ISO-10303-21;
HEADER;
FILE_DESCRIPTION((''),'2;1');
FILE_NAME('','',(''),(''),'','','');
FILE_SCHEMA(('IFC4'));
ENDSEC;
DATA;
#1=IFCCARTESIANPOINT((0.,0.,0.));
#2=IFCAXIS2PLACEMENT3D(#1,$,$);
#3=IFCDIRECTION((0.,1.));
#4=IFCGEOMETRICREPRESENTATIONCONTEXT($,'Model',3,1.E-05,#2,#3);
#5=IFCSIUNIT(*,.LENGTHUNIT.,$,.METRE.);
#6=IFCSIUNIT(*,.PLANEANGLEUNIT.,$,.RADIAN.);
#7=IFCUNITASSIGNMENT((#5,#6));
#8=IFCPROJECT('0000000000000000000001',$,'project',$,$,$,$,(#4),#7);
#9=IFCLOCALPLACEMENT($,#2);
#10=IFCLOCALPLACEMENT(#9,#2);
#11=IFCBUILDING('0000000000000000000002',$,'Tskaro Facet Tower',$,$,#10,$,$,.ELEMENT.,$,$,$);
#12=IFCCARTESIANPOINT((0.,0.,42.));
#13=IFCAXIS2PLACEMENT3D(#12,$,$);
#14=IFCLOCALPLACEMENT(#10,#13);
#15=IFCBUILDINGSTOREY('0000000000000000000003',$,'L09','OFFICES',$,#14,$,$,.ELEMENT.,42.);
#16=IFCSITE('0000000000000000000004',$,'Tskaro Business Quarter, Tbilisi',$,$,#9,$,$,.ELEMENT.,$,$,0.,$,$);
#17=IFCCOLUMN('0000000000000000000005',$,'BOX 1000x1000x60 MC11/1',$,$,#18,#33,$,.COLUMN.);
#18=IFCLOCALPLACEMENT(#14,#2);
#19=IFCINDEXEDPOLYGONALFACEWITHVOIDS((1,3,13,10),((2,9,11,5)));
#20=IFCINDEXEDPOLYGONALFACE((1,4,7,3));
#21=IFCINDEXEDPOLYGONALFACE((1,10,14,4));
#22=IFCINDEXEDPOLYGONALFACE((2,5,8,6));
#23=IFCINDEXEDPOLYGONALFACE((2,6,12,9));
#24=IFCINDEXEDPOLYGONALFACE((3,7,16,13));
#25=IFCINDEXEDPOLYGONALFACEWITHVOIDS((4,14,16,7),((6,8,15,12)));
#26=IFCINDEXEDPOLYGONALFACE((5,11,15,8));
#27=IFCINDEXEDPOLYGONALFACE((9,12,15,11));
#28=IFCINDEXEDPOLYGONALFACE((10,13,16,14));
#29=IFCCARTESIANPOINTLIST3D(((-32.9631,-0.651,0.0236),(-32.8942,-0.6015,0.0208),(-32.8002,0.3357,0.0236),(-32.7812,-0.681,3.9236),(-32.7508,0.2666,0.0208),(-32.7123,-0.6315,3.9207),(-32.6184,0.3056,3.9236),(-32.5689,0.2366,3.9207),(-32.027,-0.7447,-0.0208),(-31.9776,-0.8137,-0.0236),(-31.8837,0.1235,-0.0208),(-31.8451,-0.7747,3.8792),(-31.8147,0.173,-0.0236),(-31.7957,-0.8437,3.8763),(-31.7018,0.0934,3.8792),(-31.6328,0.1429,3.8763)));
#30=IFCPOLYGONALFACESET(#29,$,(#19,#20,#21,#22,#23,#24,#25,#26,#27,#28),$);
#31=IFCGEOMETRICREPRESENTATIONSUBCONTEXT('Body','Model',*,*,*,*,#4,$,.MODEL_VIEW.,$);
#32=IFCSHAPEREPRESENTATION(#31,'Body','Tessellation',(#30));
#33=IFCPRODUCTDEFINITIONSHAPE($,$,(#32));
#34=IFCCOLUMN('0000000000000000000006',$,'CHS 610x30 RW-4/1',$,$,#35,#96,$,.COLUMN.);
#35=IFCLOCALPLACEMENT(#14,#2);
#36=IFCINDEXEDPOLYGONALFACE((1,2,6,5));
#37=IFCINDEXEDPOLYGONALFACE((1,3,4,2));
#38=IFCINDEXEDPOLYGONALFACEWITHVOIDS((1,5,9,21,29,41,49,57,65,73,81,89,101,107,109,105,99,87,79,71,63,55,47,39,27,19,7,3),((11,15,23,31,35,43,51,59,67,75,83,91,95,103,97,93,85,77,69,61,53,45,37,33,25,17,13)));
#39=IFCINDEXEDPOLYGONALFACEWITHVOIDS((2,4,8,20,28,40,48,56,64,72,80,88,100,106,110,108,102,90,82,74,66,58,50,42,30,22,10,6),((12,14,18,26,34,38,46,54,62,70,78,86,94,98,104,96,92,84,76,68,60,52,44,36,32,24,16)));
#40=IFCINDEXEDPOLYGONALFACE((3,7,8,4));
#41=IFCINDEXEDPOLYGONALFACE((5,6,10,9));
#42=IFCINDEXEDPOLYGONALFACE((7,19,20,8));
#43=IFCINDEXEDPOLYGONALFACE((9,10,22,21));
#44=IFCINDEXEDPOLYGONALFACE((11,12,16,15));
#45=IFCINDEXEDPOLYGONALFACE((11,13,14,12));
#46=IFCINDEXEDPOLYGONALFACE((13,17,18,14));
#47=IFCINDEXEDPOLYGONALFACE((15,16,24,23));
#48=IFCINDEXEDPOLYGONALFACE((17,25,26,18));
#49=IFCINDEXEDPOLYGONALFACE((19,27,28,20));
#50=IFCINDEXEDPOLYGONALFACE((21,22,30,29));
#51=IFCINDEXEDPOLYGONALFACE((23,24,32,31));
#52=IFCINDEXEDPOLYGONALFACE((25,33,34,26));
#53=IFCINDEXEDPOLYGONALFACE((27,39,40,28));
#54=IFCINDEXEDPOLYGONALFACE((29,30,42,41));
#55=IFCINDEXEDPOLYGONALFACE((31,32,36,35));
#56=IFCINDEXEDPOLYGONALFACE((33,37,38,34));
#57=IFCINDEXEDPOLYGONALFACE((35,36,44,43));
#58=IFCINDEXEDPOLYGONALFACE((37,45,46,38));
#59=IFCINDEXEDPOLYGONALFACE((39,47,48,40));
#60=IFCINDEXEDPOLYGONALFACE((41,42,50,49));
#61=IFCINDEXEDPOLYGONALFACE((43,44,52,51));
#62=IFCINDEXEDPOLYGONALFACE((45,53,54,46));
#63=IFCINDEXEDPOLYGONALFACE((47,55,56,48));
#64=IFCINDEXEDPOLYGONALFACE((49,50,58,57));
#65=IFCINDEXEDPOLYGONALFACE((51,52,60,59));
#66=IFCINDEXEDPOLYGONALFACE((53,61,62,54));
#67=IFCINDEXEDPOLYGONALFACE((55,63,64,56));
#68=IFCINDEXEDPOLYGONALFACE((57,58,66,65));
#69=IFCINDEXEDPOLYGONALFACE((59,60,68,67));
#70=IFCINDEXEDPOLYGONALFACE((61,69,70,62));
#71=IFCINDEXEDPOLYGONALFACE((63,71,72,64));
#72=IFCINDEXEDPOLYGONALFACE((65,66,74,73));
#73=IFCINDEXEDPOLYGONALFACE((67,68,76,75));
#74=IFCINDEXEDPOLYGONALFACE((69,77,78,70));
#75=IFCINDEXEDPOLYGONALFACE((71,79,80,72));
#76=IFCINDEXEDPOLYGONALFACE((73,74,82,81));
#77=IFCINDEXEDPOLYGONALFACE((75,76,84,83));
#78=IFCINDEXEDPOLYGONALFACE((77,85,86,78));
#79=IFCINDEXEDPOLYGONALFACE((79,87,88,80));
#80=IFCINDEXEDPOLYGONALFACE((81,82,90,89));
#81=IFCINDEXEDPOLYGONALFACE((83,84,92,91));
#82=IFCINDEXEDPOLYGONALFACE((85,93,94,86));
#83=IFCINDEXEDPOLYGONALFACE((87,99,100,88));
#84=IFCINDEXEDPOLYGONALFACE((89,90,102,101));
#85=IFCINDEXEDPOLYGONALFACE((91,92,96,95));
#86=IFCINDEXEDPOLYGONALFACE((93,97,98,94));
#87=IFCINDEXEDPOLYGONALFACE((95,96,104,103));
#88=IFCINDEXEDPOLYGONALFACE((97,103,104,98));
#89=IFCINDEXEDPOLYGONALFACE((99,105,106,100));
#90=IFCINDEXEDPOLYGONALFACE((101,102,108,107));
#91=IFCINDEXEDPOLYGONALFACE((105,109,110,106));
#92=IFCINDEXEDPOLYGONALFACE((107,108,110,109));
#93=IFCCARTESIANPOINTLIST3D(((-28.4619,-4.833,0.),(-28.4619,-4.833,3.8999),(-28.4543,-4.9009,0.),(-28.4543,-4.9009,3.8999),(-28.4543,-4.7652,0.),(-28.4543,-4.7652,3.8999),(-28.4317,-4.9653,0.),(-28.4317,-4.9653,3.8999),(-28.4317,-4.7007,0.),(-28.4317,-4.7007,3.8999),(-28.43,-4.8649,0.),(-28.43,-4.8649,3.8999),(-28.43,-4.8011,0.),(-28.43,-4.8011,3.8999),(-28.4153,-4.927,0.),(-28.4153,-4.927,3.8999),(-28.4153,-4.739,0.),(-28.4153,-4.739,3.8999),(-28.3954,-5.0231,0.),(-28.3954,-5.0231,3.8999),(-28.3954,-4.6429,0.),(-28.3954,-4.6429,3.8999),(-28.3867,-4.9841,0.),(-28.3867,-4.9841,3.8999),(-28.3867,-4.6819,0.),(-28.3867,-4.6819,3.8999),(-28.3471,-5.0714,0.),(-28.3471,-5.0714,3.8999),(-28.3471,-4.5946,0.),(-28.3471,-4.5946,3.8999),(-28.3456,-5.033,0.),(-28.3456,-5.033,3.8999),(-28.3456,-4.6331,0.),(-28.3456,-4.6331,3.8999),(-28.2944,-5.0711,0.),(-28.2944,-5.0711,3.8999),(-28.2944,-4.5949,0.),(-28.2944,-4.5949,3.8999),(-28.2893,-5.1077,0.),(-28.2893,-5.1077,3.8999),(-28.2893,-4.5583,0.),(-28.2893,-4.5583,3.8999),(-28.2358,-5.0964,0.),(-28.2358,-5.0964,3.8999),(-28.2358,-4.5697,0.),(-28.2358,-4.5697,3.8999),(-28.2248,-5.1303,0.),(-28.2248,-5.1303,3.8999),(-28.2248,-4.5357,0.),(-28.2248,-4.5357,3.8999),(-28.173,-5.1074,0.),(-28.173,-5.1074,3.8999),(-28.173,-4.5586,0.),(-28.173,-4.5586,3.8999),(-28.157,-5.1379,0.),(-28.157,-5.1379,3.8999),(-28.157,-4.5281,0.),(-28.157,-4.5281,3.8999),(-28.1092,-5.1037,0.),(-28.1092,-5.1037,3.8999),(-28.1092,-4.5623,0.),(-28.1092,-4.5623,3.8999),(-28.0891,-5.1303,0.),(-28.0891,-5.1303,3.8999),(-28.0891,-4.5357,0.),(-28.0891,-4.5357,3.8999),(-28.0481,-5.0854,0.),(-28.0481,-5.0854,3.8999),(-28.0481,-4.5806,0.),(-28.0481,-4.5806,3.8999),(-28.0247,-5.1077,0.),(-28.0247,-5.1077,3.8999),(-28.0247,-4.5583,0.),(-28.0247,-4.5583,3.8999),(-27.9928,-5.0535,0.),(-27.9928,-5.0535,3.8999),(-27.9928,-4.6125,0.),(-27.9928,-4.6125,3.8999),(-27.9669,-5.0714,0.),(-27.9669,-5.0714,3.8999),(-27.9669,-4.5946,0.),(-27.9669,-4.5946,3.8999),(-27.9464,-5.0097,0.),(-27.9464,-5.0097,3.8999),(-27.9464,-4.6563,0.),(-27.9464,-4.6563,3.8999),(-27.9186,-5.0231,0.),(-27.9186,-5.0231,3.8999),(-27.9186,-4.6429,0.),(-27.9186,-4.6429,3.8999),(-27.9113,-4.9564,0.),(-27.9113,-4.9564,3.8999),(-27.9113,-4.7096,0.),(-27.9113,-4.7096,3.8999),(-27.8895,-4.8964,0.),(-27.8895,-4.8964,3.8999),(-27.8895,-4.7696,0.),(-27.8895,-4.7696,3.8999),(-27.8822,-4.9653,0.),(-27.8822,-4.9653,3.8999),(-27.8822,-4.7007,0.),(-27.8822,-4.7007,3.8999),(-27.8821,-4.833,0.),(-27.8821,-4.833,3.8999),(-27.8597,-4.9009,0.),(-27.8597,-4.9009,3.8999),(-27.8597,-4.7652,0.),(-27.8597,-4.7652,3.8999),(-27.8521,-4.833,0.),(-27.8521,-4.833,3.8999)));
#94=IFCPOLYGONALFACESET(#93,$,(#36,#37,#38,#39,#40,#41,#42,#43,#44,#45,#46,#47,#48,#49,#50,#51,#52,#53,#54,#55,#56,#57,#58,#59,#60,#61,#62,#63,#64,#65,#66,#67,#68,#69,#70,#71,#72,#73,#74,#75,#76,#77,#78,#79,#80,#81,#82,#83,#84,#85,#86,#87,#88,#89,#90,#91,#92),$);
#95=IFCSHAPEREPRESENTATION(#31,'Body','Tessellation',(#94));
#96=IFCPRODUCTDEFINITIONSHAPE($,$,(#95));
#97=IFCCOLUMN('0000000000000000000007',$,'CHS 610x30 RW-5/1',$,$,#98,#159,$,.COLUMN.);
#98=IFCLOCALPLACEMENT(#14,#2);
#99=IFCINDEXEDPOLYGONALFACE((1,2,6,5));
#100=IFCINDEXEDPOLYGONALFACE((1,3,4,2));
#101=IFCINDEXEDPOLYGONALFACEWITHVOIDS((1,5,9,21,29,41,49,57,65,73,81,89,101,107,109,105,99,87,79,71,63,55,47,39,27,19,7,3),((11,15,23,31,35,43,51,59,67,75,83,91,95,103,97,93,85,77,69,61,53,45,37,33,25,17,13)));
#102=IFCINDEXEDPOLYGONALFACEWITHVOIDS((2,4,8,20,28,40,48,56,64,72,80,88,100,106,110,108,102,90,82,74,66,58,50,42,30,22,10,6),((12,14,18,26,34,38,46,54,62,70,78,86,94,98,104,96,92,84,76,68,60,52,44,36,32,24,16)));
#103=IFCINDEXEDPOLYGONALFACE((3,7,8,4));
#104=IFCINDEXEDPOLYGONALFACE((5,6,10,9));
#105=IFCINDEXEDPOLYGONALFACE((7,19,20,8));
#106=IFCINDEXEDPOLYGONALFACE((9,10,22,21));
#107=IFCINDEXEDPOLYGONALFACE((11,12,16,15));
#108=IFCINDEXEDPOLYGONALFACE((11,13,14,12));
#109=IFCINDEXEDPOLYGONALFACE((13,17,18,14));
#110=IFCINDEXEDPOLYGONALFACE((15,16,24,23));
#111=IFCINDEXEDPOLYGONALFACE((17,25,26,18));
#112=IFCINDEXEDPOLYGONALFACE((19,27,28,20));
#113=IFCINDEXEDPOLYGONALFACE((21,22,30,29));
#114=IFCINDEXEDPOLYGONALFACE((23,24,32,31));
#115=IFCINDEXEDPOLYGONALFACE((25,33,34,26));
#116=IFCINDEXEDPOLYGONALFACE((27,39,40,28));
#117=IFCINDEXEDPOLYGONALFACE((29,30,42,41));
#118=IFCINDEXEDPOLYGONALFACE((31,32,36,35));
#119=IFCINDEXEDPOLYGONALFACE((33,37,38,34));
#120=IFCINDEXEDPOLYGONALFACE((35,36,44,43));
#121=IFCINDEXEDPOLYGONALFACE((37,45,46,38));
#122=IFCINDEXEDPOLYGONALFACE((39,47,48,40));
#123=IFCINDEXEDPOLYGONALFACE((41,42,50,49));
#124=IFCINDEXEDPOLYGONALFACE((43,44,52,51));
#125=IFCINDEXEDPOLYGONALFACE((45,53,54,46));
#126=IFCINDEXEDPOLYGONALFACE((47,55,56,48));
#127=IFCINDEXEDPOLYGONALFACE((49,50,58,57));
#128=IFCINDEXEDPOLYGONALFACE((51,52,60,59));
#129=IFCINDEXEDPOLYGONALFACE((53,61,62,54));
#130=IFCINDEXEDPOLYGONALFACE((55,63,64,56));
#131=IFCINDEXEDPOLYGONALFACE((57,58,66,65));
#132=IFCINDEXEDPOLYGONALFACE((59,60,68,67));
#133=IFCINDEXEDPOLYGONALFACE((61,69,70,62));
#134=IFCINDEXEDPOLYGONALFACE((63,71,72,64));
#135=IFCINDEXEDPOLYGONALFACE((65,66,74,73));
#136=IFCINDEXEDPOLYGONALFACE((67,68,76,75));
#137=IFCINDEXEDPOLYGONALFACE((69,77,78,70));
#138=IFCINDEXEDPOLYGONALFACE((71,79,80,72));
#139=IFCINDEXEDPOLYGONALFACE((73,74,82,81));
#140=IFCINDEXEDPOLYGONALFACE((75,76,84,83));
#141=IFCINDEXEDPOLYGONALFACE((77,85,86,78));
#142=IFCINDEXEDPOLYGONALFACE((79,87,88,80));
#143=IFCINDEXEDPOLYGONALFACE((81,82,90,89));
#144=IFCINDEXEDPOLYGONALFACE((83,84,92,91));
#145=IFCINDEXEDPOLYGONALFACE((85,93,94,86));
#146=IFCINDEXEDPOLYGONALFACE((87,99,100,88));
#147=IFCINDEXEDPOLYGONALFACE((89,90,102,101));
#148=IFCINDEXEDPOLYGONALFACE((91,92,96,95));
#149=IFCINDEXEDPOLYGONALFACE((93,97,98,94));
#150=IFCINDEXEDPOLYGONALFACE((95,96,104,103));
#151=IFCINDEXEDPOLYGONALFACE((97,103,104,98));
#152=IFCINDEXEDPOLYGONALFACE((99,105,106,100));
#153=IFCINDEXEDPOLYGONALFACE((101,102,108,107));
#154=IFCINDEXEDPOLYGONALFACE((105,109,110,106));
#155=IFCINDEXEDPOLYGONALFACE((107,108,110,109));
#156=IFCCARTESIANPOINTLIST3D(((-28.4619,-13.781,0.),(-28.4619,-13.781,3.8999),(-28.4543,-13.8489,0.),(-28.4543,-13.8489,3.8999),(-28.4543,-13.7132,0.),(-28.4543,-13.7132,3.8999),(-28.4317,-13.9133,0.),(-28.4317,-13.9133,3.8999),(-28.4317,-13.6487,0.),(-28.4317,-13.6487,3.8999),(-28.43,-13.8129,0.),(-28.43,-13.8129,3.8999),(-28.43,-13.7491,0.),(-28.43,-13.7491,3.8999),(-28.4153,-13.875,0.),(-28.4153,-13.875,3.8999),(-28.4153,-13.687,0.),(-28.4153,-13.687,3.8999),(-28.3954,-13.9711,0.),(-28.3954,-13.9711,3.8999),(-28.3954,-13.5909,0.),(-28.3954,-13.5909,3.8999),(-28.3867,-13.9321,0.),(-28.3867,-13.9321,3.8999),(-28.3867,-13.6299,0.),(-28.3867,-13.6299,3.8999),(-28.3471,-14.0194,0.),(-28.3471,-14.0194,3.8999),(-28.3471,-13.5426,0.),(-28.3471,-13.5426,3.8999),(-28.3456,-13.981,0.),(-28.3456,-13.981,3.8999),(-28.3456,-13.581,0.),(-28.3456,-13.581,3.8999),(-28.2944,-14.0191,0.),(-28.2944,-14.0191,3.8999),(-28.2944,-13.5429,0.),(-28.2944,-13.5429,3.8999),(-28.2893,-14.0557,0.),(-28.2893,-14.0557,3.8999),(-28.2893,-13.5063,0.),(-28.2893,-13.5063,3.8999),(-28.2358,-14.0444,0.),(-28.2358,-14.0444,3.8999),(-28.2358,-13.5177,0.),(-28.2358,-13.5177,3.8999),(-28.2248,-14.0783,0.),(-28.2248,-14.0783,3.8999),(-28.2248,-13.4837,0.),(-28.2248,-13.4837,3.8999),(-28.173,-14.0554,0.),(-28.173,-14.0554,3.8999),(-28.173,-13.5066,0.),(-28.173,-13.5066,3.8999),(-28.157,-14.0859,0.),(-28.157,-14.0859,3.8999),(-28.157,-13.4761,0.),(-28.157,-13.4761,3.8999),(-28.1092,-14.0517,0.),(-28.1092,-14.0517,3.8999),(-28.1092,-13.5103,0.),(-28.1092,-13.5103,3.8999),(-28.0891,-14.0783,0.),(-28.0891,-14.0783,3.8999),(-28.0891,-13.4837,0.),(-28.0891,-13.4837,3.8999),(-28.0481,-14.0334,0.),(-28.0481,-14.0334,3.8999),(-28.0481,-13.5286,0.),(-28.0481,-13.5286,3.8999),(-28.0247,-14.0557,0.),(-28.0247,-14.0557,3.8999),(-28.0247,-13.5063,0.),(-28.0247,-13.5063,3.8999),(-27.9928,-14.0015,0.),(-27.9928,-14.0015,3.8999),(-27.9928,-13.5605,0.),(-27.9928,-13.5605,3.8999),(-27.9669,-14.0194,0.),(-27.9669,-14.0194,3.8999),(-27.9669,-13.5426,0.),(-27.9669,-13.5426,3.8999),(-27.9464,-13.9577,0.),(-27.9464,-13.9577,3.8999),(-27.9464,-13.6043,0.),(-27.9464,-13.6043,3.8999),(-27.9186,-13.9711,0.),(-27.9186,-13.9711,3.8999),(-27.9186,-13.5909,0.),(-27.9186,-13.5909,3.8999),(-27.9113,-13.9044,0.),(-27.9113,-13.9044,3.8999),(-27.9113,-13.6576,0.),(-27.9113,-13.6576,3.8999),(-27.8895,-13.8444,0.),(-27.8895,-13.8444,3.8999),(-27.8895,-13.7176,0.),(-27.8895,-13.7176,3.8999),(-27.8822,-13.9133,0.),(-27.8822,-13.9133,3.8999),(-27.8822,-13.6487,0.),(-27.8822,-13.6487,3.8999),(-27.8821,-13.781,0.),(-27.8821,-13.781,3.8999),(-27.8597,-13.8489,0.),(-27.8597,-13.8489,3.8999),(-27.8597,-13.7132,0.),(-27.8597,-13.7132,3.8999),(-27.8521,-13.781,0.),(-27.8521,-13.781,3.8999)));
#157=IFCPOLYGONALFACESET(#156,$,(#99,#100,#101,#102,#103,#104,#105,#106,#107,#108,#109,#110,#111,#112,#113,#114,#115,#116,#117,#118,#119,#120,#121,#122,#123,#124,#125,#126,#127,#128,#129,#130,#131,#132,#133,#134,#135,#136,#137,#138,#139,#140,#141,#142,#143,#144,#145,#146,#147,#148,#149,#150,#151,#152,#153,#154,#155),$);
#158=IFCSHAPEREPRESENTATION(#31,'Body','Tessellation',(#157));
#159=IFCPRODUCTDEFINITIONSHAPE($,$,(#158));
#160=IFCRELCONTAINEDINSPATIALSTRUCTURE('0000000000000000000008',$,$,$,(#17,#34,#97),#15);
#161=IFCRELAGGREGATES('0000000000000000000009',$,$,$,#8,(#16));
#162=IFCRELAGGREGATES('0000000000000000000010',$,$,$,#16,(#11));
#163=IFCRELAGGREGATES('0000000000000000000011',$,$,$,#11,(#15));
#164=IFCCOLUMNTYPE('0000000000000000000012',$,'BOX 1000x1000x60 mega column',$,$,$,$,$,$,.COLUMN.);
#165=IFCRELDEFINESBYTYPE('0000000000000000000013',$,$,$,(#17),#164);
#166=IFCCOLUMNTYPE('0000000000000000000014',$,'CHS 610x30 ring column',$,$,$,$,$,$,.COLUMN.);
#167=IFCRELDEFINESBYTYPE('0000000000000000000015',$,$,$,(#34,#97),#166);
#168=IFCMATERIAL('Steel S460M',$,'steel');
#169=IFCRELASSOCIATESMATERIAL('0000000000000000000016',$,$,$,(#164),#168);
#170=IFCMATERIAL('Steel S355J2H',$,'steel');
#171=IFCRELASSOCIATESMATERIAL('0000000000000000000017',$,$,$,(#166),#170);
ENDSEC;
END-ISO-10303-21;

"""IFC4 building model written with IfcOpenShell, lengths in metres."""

from ifc_helpers import new_model, si_unit, direction, frame, origin, origin_2d, place, context, subcontext, project, spatial, hollow_rectangle, hollow_circle, extrude, material, material_profile, profile_set, type_object, element, save


model = new_model("IFC4")

# Units and contexts
model_context = context("Model", 3, precision=1e-05, world=origin(), true_north=direction((0.0, 1.0)))
body_context = subcontext(model_context, "Body", "Model", "MODEL_VIEW")
ifc_project = project(units=[si_unit("LENGTHUNIT", "METRE"), si_unit("PLANEANGLEUNIT", "RADIAN")], contexts=[model_context])

# Site, building, storey
site_placement = place(None, origin())
site = spatial("IfcSite", under=ifc_project, at=site_placement, Name="Tskaro Business Quarter, Tbilisi", CompositionType="ELEMENT", RefElevation=0.0)
building_placement = place(site_placement, origin())
building = spatial("IfcBuilding", under=site, at=building_placement, Name="Tskaro Facet Tower", CompositionType="ELEMENT")
storey_placement = place(building_placement, frame((0.0, 0.0, 42.0)))
storey = spatial("IfcBuildingStorey", under=building, at=storey_placement, Name="L09", Description="OFFICES", CompositionType="ELEMENT", Elevation=42.0)

# Columns
ifc_material_1 = material(Name="Steel S460M", Category="steel")
ifc_material_profile_1 = material_profile(ifc_material_1, hollow_rectangle(XDim=1.0, YDim=1.0, WallThickness=0.0601, at=origin_2d()), Name="BOX 1000x1000x60")
ifc_profile_set_1 = profile_set([ifc_material_profile_1], Name="Steel S460M")
column_type_1 = type_object("IfcColumnType", Name="BOX 1000x1000x60 mega column", PredefinedType="COLUMN", material=ifc_profile_set_1)
column_1_placement = place(storey_placement, frame((-32.3889, -0.239, 0.0), z_axis=(0.046586, -0.007691, 0.998885), x_axis=(0.162895, 0.986643, 0.0)))
element("IfcColumn", 1, at=column_1_placement, inside=storey, type_object=column_type_1, Name="BOX 1000x1000x60 MC11/1", PredefinedType="COLUMN", context=body_context, shape_type="SweptSolid", body=[
    extrude(hollow_rectangle(XDim=1.0, YDim=1.0, WallThickness=0.0601, at=origin_2d()), origin(), (0.0, 0.0, 1.0), 3.9043),
])
ifc_material_2 = material(Name="Steel S355J2H", Category="steel")
ifc_material_profile_2 = material_profile(ifc_material_2, hollow_circle(Radius=0.3049, WallThickness=0.03, at=origin_2d()), Name="CHS 610x30")
ifc_profile_set_2 = profile_set([ifc_material_profile_2], Name="Steel S355J2H")
column_type_2 = type_object("IfcColumnType", Name="CHS 610x30 ring column", PredefinedType="COLUMN", material=ifc_profile_set_2)
for number, where, z_axis, x_axis, name in (
    (2, (-28.157, -4.833, 0.0), (0.0, 0.0, 1.0), (1.0, 0.0, 0.0), "CHS 610x30 RW-4/1"),
    (3, (-28.157, -13.781, 0.0), (0.0, 0.0, 1.0), (1.0, 0.0, 0.0), "CHS 610x30 RW-5/1"),
):
    element("IfcColumn", number, at=place(storey_placement, frame(where, z_axis=z_axis, x_axis=x_axis)), inside=storey, type_object=column_type_2, Name=name, PredefinedType="COLUMN", context=body_context, shape_type="SweptSolid", body=[
        extrude(hollow_circle(Radius=0.3049, WallThickness=0.03, at=origin_2d()), origin(), (0.0, 0.0, 1.0), 3.8999),
    ])

save(model, "model.ifc")
